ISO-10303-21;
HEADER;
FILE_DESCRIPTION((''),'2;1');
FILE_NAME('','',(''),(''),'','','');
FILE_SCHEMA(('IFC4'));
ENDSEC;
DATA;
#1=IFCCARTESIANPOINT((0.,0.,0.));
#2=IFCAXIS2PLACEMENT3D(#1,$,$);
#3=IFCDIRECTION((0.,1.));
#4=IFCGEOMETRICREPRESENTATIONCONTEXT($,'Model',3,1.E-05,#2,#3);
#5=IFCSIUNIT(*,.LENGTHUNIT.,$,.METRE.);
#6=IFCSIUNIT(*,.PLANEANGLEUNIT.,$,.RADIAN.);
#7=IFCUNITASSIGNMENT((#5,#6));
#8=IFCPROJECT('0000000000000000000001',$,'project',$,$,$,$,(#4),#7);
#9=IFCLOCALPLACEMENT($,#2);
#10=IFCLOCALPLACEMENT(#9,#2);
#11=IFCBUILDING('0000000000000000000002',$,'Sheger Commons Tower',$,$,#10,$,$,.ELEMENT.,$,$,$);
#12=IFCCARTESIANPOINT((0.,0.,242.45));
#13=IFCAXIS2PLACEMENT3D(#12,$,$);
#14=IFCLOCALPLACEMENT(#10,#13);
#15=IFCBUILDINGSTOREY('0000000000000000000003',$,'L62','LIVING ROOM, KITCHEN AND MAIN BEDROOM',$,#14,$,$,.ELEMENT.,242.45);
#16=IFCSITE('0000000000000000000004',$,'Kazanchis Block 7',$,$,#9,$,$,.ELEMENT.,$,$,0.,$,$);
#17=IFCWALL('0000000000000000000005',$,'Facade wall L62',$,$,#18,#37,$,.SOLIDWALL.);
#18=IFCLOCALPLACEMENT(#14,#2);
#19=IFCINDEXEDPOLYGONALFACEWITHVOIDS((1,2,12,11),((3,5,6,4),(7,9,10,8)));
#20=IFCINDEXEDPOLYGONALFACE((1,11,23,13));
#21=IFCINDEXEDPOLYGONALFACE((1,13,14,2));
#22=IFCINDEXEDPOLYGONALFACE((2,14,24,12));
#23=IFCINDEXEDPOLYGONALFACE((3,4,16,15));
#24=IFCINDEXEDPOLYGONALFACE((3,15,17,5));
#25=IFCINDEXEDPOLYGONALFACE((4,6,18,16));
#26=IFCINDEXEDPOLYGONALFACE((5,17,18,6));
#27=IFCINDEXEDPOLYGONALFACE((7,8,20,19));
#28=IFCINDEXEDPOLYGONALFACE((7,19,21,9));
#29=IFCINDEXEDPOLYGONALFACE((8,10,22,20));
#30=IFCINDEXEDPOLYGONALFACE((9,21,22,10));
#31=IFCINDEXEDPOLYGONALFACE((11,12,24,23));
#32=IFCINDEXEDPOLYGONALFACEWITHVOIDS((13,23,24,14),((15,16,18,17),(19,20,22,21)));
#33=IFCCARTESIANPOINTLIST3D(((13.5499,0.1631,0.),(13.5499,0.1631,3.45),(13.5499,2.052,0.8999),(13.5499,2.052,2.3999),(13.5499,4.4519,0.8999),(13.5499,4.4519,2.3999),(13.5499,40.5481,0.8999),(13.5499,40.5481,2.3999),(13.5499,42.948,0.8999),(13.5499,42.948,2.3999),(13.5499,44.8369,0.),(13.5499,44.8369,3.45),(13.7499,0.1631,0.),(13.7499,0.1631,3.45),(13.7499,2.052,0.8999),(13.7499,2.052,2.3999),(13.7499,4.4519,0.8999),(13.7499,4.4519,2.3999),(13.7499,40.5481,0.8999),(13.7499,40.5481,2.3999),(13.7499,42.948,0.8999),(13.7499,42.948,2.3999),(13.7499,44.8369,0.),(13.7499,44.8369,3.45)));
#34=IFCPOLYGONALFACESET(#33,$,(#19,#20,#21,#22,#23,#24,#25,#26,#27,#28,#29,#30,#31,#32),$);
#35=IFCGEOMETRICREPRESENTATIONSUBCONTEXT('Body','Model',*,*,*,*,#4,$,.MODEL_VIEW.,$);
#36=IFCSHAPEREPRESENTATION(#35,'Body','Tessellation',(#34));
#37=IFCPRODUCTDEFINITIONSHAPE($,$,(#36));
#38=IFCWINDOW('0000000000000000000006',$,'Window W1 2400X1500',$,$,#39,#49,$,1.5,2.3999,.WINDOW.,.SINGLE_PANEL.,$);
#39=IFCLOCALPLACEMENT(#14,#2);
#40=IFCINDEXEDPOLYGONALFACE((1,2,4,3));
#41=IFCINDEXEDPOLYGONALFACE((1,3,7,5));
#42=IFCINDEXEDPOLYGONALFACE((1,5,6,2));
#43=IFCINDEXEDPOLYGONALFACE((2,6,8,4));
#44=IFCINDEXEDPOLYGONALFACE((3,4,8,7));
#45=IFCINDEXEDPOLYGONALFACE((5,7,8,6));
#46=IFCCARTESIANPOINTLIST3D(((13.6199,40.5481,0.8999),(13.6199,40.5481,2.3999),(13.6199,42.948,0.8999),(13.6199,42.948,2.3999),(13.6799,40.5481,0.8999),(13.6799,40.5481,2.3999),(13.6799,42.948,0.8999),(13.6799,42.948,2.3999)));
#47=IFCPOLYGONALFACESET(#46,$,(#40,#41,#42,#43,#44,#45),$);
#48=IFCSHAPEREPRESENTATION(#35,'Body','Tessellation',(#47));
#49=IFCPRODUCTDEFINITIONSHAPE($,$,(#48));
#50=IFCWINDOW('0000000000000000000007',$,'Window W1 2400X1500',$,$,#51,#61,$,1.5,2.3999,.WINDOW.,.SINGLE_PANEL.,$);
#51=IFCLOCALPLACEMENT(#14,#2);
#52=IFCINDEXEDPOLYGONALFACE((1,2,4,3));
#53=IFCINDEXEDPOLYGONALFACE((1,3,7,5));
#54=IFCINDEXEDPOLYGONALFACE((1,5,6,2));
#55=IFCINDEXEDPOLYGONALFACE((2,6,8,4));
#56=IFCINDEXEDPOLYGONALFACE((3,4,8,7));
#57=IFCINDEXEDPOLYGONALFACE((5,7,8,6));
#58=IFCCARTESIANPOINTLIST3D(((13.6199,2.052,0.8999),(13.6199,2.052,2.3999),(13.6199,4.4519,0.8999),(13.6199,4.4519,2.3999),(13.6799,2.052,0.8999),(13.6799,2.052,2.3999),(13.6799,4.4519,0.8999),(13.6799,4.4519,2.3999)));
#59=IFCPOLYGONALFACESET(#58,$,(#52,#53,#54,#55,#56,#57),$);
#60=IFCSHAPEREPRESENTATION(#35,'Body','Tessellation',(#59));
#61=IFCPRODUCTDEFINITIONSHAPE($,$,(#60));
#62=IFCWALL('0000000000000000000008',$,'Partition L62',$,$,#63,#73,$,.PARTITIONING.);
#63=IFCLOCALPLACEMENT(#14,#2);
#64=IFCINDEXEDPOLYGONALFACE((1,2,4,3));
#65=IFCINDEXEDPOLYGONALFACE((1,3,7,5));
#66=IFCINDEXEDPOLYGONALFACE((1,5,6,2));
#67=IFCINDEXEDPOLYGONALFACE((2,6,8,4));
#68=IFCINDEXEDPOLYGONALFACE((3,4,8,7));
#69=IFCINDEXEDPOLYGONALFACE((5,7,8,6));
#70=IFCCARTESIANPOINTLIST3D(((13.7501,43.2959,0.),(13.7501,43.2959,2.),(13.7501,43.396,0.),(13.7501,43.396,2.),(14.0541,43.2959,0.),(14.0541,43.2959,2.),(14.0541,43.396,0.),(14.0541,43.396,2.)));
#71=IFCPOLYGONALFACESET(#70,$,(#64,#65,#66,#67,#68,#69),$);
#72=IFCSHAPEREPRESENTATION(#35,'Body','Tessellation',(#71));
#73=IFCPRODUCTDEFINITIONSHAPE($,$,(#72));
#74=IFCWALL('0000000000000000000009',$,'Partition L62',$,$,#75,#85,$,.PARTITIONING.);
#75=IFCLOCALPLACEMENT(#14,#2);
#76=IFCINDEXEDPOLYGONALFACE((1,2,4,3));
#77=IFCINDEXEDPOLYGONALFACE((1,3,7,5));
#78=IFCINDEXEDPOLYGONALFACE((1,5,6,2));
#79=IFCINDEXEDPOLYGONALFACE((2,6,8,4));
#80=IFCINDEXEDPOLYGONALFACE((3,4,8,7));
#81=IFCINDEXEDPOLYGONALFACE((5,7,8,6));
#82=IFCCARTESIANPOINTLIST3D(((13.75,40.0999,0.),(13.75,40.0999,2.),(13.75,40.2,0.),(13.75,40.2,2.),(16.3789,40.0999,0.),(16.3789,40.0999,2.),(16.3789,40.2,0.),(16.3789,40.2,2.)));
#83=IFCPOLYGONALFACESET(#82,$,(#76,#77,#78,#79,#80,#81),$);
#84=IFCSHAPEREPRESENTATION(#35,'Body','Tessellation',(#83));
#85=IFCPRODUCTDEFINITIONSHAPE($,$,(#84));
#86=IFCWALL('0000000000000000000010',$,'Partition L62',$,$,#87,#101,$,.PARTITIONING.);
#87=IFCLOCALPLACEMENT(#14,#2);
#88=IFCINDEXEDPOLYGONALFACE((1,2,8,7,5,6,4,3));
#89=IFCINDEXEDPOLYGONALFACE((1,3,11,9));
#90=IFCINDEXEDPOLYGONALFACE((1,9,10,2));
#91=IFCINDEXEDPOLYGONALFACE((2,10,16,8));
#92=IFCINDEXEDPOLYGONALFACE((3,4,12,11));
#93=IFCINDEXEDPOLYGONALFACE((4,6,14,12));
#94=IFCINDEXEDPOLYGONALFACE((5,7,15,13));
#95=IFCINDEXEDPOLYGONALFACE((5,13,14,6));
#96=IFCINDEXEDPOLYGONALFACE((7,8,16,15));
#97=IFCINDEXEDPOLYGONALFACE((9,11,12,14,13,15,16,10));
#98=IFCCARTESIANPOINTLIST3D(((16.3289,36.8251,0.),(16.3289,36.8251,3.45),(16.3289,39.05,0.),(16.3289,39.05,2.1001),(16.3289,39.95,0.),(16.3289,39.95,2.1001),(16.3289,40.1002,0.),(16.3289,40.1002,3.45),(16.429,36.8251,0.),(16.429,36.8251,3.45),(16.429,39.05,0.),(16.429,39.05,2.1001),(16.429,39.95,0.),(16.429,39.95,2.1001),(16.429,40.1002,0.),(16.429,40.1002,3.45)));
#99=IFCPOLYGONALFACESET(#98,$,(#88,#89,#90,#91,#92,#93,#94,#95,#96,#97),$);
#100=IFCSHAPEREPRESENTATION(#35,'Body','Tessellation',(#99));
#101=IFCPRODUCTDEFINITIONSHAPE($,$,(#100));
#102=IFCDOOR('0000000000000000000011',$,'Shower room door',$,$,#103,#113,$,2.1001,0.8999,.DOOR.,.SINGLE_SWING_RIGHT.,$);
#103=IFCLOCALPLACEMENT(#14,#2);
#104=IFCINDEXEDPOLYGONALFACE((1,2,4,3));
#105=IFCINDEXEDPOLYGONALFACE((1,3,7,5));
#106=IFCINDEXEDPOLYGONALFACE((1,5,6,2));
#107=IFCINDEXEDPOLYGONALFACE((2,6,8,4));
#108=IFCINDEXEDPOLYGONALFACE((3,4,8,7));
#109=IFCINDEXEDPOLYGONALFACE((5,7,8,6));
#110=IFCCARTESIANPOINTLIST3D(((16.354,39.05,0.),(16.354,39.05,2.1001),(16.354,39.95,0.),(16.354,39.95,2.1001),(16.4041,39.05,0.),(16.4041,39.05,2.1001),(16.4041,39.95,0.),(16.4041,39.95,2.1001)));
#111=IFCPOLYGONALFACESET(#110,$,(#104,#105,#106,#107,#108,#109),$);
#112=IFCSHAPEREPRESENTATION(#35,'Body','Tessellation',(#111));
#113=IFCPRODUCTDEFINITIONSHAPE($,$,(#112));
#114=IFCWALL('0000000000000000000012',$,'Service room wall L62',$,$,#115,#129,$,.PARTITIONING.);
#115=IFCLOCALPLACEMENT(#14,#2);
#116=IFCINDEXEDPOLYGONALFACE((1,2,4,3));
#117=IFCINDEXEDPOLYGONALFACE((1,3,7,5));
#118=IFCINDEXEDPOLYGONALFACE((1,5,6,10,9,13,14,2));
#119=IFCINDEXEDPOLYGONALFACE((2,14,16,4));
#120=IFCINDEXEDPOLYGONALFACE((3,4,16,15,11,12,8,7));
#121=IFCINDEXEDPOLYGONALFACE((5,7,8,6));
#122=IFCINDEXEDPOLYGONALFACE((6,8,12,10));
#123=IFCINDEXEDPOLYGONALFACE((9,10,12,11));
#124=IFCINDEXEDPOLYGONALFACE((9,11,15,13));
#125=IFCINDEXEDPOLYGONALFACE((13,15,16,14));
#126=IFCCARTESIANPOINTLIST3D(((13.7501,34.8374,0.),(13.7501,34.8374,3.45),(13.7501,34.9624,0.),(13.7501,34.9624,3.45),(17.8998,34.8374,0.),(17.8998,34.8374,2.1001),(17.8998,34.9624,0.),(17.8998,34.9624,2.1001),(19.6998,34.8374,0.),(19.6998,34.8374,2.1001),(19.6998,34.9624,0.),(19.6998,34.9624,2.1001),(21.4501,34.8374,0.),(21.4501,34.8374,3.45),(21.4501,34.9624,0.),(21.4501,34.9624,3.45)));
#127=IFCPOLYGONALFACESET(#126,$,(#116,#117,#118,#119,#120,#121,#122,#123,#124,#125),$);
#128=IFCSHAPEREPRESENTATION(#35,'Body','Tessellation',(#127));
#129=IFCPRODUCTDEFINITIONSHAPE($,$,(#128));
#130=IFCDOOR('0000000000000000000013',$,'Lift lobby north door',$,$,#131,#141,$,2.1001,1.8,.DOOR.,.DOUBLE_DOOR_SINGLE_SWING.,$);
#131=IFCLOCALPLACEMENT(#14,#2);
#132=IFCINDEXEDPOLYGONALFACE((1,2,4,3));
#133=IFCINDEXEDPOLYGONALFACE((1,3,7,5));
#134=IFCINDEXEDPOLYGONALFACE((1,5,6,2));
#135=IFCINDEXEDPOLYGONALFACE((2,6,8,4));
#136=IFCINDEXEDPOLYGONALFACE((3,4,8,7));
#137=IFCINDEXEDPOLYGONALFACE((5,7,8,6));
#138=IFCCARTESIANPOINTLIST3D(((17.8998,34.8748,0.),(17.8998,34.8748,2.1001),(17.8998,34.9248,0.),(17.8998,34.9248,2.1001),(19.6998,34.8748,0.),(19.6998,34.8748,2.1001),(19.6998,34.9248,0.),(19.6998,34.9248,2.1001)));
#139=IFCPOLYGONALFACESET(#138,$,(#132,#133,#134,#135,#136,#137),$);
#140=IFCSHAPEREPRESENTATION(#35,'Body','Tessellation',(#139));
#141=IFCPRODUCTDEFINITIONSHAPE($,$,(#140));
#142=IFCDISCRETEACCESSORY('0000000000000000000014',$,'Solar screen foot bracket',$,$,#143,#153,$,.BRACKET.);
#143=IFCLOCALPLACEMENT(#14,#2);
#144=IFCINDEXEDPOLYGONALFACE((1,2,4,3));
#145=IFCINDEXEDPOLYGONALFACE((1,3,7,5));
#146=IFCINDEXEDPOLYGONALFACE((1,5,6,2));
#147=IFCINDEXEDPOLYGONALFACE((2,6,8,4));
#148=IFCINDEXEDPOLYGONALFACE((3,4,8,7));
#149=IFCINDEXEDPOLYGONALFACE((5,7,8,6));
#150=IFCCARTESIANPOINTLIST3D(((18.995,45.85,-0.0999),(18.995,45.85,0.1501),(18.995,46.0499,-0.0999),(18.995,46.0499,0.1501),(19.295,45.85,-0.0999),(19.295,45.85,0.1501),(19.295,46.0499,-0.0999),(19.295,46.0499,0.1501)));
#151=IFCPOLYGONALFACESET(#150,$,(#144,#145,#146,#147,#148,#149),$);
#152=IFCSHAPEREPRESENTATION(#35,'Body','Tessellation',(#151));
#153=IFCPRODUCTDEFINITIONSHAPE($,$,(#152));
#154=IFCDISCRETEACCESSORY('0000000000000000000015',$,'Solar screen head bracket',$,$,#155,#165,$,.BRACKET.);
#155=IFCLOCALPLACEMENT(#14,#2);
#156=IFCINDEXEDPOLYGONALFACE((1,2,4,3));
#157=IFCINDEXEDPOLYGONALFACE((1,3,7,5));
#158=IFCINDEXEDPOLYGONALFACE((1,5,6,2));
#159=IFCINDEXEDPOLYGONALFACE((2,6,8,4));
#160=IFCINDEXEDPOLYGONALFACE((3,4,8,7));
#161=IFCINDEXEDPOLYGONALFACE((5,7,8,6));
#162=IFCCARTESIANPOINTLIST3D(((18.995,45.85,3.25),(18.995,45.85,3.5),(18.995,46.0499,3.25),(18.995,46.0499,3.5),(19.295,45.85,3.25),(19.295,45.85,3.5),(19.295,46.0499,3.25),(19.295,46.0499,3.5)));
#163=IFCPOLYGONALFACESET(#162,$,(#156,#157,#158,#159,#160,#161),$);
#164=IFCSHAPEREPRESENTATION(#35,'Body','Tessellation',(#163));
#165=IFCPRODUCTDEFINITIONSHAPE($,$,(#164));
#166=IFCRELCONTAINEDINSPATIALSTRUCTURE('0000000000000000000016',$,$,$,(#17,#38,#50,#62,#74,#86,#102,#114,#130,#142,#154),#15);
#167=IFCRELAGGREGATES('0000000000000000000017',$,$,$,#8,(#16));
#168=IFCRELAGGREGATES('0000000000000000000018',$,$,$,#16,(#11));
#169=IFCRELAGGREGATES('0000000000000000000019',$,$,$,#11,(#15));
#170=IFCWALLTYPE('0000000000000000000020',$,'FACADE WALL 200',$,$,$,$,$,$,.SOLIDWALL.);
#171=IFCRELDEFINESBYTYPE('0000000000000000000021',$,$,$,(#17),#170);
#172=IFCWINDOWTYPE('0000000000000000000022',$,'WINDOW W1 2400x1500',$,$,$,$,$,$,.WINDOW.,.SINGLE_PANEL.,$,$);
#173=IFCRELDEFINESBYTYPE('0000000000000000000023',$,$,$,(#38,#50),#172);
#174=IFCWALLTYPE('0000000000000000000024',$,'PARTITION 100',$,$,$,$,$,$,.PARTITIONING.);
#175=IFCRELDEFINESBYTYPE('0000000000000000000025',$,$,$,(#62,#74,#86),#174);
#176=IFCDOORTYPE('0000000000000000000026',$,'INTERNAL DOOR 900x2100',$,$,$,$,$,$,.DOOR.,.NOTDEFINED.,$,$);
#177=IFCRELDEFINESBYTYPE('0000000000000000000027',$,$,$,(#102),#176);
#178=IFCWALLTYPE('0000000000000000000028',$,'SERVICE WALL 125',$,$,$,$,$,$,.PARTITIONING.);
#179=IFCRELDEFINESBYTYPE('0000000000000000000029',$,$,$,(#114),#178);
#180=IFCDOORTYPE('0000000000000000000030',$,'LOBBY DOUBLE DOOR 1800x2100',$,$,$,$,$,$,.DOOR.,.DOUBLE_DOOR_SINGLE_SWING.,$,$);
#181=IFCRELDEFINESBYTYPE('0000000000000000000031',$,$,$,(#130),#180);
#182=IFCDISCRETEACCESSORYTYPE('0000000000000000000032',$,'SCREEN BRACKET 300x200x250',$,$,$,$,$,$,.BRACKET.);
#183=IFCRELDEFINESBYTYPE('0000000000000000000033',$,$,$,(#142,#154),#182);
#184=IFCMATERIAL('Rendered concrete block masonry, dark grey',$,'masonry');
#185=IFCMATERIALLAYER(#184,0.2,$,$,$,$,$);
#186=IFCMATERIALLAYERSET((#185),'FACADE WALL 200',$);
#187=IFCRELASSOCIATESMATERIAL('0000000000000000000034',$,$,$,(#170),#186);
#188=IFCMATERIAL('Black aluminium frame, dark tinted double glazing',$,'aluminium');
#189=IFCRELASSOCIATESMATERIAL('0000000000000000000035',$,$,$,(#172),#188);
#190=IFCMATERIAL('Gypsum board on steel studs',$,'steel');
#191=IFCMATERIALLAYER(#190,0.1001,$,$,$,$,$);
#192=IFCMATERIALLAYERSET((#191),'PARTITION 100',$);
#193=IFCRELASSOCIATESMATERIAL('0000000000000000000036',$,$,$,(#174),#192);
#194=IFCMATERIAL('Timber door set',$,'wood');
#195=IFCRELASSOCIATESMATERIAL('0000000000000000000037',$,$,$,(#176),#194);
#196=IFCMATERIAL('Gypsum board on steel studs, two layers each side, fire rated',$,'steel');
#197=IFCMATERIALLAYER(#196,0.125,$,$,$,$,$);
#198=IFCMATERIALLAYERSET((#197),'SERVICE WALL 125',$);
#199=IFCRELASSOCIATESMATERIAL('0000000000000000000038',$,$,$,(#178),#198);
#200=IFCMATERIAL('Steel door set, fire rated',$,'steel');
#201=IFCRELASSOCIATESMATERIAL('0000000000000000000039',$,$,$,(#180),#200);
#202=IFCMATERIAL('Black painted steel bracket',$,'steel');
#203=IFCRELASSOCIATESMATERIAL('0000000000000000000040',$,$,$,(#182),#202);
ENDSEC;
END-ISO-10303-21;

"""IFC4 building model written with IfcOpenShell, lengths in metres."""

from ifc_helpers import new_model, si_unit, direction, frame, frame_2d, origin, origin_2d, place, context, subcontext, project, spatial, rectangle, extrude, material, layer, layer_set, type_object, element, fill, save


model = new_model("IFC4")

# Units and contexts
model_context = context("Model", 3, precision=1e-05, world=origin(), true_north=direction((0.0, 1.0)))
body_context = subcontext(model_context, "Body", "Model", "MODEL_VIEW")
ifc_project = project(units=[si_unit("LENGTHUNIT", "METRE"), si_unit("PLANEANGLEUNIT", "RADIAN")], contexts=[model_context])

# Site, building, storey
site_placement = place(None, origin())
site = spatial("IfcSite", under=ifc_project, at=site_placement, Name="Kazanchis Block 7", CompositionType="ELEMENT", RefElevation=0.0)
building_placement = place(site_placement, origin())
building = spatial("IfcBuilding", under=site, at=building_placement, Name="Sheger Commons Tower", CompositionType="ELEMENT")
storey_placement = place(building_placement, frame((0.0, 0.0, 242.45)))
storey = spatial("IfcBuildingStorey", under=building, at=storey_placement, Name="L62", Description="LIVING ROOM, KITCHEN AND MAIN BEDROOM", CompositionType="ELEMENT", Elevation=242.45)

# Shared definitions
ifc_material_1 = material(Name="Rendered concrete block masonry, dark grey", Category="masonry")
ifc_layer_1 = layer(ifc_material_1, 0.2)
ifc_layer_set_1 = layer_set([ifc_layer_1], Name="FACADE WALL 200")
wall_type_1 = type_object("IfcWallType", Name="FACADE WALL 200", PredefinedType="SOLIDWALL", material=ifc_layer_set_1)

# Wall, openings, windows
wall_1_placement = place(storey_placement, frame((13.6499, 44.8369, 0.0), z_axis=(0.0, 0.0, 1.0), x_axis=(0.0, -1.0, 0.0)))
wall_1 = element("IfcWall", 1, at=wall_1_placement, inside=storey, type_object=wall_type_1, Name="Facade wall L62", PredefinedType="SOLIDWALL", context=body_context, shape_type="SweptSolid", body=[
    extrude(rectangle(XDim=44.6738, YDim=0.2, at=frame_2d((22.3369, 0.0))), origin(), (0.0, 0.0, 1.0), 3.45),
])
opening_1_placement = place(wall_1_placement, frame((1.8889, 0.0, 0.8999)))
opening_1 = element("IfcOpeningElement", 2, at=opening_1_placement, cuts=wall_1, PredefinedType="OPENING", context=body_context, shape_type="SweptSolid", body=[
    extrude(rectangle(XDim=2.3999, YDim=1.5, at=frame_2d((1.2, 0.75))), frame((0.0, 0.1099, 0.0), z_axis=(0.0, -1.0, 0.0), x_axis=(1.0, 0.0, 0.0)), (0.0, 0.0, 1.0), 0.22),
])
opening_2_placement = place(wall_1_placement, frame((40.385, 0.0, 0.8999)))
opening_2 = element("IfcOpeningElement", 3, at=opening_2_placement, cuts=wall_1, PredefinedType="OPENING", context=body_context, shape_type="SweptSolid", body=[
    extrude(rectangle(XDim=2.3999, YDim=1.5, at=frame_2d((1.2, 0.75))), frame((0.0, 0.1099, 0.0), z_axis=(0.0, -1.0, 0.0), x_axis=(1.0, 0.0, 0.0)), (0.0, 0.0, 1.0), 0.22),
])
ifc_material_2 = material(Name="Black aluminium frame, dark tinted double glazing", Category="aluminium")
window_type = type_object("IfcWindowType", Name="WINDOW W1 2400x1500", PartitioningType="SINGLE_PANEL", PredefinedType="WINDOW", material=ifc_material_2)
window_1_placement = place(opening_1_placement, origin())
window_1 = element("IfcWindow", 4, at=window_1_placement, inside=storey, type_object=window_type, Name="Window W1 2400X1500", OverallHeight=1.5, OverallWidth=2.3999, PartitioningType="SINGLE_PANEL", PredefinedType="WINDOW", context=body_context, shape_type="SweptSolid", body=[
    extrude(rectangle(XDim=2.3999, YDim=1.5, at=frame_2d((1.2, 0.75))), frame((0.0, 0.03, 0.0), z_axis=(0.0, -1.0, 0.0), x_axis=(1.0, 0.0, 0.0)), (0.0, 0.0, 1.0), 0.0601),
])
fill(opening_1, window_1)
window_2_placement = place(opening_2_placement, origin())
window_2 = element("IfcWindow", 5, at=window_2_placement, inside=storey, type_object=window_type, Name="Window W1 2400X1500", OverallHeight=1.5, OverallWidth=2.3999, PartitioningType="SINGLE_PANEL", PredefinedType="WINDOW", context=body_context, shape_type="SweptSolid", body=[
    extrude(rectangle(XDim=2.3999, YDim=1.5, at=frame_2d((1.2, 0.75))), frame((0.0, 0.03, 0.0), z_axis=(0.0, -1.0, 0.0), x_axis=(1.0, 0.0, 0.0)), (0.0, 0.0, 1.0), 0.0601),
])
fill(opening_2, window_2)

# Walls
ifc_material_3 = material(Name="Gypsum board on steel studs", Category="steel")
ifc_layer_2 = layer(ifc_material_3, 0.1001)
ifc_layer_set_2 = layer_set([ifc_layer_2], Name="PARTITION 100")
wall_type_2 = type_object("IfcWallType", Name="PARTITION 100", PredefinedType="PARTITIONING", material=ifc_layer_set_2)
wall_2_placement = place(storey_placement, frame((14.054, 43.3459, 0.0), z_axis=(0.0, 0.0, 1.0), x_axis=(-1.0, 0.0, 0.0)))
element("IfcWall", 6, at=wall_2_placement, inside=storey, type_object=wall_type_2, Name="Partition L62", PredefinedType="PARTITIONING", context=body_context, shape_type="SweptSolid", body=[
    extrude(rectangle(XDim=0.304, YDim=0.1001, at=frame_2d((0.1519, 0.0))), origin(), (0.0, 0.0, 1.0), 2.0),
])
wall_3_placement = place(storey_placement, frame((13.75, 40.1499, 0.0), z_axis=(0.0, 0.0, 1.0), x_axis=(1.0, 0.0, 0.0)))
element("IfcWall", 7, at=wall_3_placement, inside=storey, type_object=wall_type_2, Name="Partition L62", PredefinedType="PARTITIONING", context=body_context, shape_type="SweptSolid", body=[
    extrude(rectangle(XDim=2.6289, YDim=0.1001, at=frame_2d((1.3145, 0.0))), origin(), (0.0, 0.0, 1.0), 2.0),
])

# Walls, openings, doors
wall_4_placement = place(storey_placement, frame((16.3789, 36.825, 0.0), z_axis=(0.0, 0.0, 1.0), x_axis=(0.0, 1.0, 0.0)))
wall_4 = element("IfcWall", 8, at=wall_4_placement, inside=storey, type_object=wall_type_2, Name="Partition L62", PredefinedType="PARTITIONING", context=body_context, shape_type="SweptSolid", body=[
    extrude(rectangle(XDim=3.2751, YDim=0.1001, at=frame_2d((1.6377, 0.0))), origin(), (0.0, 0.0, 1.0), 3.45),
])
opening_3_placement = place(wall_4_placement, frame((2.2251, 0.0, 0.0)))
opening_3 = element("IfcOpeningElement", 9, at=opening_3_placement, cuts=wall_4, PredefinedType="OPENING", context=body_context, shape_type="SweptSolid", body=[
    extrude(rectangle(XDim=0.8999, YDim=2.1001, at=frame_2d((0.45, 1.05))), frame((0.0, 0.0601, 0.0), z_axis=(0.0, -1.0, 0.0), x_axis=(1.0, 0.0, 0.0)), (0.0, 0.0, 1.0), 0.1201),
])
ifc_material_4 = material(Name="Timber door set", Category="wood")
door_type_1 = type_object("IfcDoorType", Name="INTERNAL DOOR 900x2100", OperationType="NOTDEFINED", PredefinedType="DOOR", material=ifc_material_4)
door_1_placement = place(opening_3_placement, origin())
door_1 = element("IfcDoor", 10, at=door_1_placement, inside=storey, type_object=door_type_1, Name="Shower room door", OperationType="SINGLE_SWING_RIGHT", OverallHeight=2.1001, OverallWidth=0.8999, PredefinedType="DOOR", context=body_context, shape_type="SweptSolid", body=[
    extrude(rectangle(XDim=0.8999, YDim=2.1001, at=frame_2d((0.45, 1.05))), frame((0.0, 0.0249, 0.0), z_axis=(0.0, -1.0, 0.0), x_axis=(1.0, 0.0, 0.0)), (0.0, 0.0, 1.0), 0.05),
])
fill(opening_3, door_1)
ifc_material_5 = material(Name="Gypsum board on steel studs, two layers each side, fire rated", Category="steel")
ifc_layer_3 = layer(ifc_material_5, 0.125)
ifc_layer_set_3 = layer_set([ifc_layer_3], Name="SERVICE WALL 125")
wall_type_3 = type_object("IfcWallType", Name="SERVICE WALL 125", PredefinedType="PARTITIONING", material=ifc_layer_set_3)
wall_5_placement = place(storey_placement, frame((13.75, 34.8999, 0.0), z_axis=(0.0, 0.0, 1.0), x_axis=(1.0, 0.0, 0.0)))
wall_5 = element("IfcWall", 11, at=wall_5_placement, inside=storey, type_object=wall_type_3, Name="Service room wall L62", PredefinedType="PARTITIONING", context=body_context, shape_type="SweptSolid", body=[
    extrude(rectangle(XDim=7.7, YDim=0.125, at=frame_2d((3.8501, 0.0))), origin(), (0.0, 0.0, 1.0), 3.45),
])
opening_4_placement = place(wall_5_placement, frame((4.1499, 0.0, 0.0)))
opening_4 = element("IfcOpeningElement", 12, at=opening_4_placement, cuts=wall_5, PredefinedType="OPENING", context=body_context, shape_type="SweptSolid", body=[
    extrude(rectangle(XDim=1.8, YDim=2.1001, at=frame_2d((0.8999, 1.05))), frame((0.0, 0.0725, 0.0), z_axis=(0.0, -1.0, 0.0), x_axis=(1.0, 0.0, 0.0)), (0.0, 0.0, 1.0), 0.145),
])
ifc_material_6 = material(Name="Steel door set, fire rated", Category="steel")
door_type_2 = type_object("IfcDoorType", Name="LOBBY DOUBLE DOOR 1800x2100", OperationType="DOUBLE_DOOR_SINGLE_SWING", PredefinedType="DOOR", material=ifc_material_6)
door_2_placement = place(opening_4_placement, origin())
door_2 = element("IfcDoor", 13, at=door_2_placement, inside=storey, type_object=door_type_2, Name="Lift lobby north door", OperationType="DOUBLE_DOOR_SINGLE_SWING", OverallHeight=2.1001, OverallWidth=1.8, PredefinedType="DOOR", context=body_context, shape_type="SweptSolid", body=[
    extrude(rectangle(XDim=1.8, YDim=2.1001, at=frame_2d((0.8999, 1.05))), frame((0.0, 0.0249, 0.0), z_axis=(0.0, -1.0, 0.0), x_axis=(1.0, 0.0, 0.0)), (0.0, 0.0, 1.0), 0.05),
])
fill(opening_4, door_2)

# Discrete accessories
ifc_material_7 = material(Name="Black painted steel bracket", Category="steel")
discrete_accessory_type = type_object("IfcDiscreteAccessoryType", Name="SCREEN BRACKET 300x200x250", PredefinedType="BRACKET", material=ifc_material_7)
for number, where, z_axis, x_axis, name in (
    (14, (19.145, 45.95, -0.0999), (0.0, 0.0, 1.0), (-1.0, 0.0, 0.0), "Solar screen foot bracket"),
    (15, (19.145, 45.95, 3.25), (0.0, 0.0, 1.0), (-1.0, 0.0, 0.0), "Solar screen head bracket"),
):
    element("IfcDiscreteAccessory", number, at=place(storey_placement, frame(where, z_axis=z_axis, x_axis=x_axis)), inside=storey, type_object=discrete_accessory_type, Name=name, PredefinedType="BRACKET", context=body_context, shape_type="SweptSolid", body=[
        extrude(rectangle(XDim=0.3, YDim=0.2, at=origin_2d()), origin(), (0.0, 0.0, 1.0), 0.25),
    ])

save(model, "model.ifc")
